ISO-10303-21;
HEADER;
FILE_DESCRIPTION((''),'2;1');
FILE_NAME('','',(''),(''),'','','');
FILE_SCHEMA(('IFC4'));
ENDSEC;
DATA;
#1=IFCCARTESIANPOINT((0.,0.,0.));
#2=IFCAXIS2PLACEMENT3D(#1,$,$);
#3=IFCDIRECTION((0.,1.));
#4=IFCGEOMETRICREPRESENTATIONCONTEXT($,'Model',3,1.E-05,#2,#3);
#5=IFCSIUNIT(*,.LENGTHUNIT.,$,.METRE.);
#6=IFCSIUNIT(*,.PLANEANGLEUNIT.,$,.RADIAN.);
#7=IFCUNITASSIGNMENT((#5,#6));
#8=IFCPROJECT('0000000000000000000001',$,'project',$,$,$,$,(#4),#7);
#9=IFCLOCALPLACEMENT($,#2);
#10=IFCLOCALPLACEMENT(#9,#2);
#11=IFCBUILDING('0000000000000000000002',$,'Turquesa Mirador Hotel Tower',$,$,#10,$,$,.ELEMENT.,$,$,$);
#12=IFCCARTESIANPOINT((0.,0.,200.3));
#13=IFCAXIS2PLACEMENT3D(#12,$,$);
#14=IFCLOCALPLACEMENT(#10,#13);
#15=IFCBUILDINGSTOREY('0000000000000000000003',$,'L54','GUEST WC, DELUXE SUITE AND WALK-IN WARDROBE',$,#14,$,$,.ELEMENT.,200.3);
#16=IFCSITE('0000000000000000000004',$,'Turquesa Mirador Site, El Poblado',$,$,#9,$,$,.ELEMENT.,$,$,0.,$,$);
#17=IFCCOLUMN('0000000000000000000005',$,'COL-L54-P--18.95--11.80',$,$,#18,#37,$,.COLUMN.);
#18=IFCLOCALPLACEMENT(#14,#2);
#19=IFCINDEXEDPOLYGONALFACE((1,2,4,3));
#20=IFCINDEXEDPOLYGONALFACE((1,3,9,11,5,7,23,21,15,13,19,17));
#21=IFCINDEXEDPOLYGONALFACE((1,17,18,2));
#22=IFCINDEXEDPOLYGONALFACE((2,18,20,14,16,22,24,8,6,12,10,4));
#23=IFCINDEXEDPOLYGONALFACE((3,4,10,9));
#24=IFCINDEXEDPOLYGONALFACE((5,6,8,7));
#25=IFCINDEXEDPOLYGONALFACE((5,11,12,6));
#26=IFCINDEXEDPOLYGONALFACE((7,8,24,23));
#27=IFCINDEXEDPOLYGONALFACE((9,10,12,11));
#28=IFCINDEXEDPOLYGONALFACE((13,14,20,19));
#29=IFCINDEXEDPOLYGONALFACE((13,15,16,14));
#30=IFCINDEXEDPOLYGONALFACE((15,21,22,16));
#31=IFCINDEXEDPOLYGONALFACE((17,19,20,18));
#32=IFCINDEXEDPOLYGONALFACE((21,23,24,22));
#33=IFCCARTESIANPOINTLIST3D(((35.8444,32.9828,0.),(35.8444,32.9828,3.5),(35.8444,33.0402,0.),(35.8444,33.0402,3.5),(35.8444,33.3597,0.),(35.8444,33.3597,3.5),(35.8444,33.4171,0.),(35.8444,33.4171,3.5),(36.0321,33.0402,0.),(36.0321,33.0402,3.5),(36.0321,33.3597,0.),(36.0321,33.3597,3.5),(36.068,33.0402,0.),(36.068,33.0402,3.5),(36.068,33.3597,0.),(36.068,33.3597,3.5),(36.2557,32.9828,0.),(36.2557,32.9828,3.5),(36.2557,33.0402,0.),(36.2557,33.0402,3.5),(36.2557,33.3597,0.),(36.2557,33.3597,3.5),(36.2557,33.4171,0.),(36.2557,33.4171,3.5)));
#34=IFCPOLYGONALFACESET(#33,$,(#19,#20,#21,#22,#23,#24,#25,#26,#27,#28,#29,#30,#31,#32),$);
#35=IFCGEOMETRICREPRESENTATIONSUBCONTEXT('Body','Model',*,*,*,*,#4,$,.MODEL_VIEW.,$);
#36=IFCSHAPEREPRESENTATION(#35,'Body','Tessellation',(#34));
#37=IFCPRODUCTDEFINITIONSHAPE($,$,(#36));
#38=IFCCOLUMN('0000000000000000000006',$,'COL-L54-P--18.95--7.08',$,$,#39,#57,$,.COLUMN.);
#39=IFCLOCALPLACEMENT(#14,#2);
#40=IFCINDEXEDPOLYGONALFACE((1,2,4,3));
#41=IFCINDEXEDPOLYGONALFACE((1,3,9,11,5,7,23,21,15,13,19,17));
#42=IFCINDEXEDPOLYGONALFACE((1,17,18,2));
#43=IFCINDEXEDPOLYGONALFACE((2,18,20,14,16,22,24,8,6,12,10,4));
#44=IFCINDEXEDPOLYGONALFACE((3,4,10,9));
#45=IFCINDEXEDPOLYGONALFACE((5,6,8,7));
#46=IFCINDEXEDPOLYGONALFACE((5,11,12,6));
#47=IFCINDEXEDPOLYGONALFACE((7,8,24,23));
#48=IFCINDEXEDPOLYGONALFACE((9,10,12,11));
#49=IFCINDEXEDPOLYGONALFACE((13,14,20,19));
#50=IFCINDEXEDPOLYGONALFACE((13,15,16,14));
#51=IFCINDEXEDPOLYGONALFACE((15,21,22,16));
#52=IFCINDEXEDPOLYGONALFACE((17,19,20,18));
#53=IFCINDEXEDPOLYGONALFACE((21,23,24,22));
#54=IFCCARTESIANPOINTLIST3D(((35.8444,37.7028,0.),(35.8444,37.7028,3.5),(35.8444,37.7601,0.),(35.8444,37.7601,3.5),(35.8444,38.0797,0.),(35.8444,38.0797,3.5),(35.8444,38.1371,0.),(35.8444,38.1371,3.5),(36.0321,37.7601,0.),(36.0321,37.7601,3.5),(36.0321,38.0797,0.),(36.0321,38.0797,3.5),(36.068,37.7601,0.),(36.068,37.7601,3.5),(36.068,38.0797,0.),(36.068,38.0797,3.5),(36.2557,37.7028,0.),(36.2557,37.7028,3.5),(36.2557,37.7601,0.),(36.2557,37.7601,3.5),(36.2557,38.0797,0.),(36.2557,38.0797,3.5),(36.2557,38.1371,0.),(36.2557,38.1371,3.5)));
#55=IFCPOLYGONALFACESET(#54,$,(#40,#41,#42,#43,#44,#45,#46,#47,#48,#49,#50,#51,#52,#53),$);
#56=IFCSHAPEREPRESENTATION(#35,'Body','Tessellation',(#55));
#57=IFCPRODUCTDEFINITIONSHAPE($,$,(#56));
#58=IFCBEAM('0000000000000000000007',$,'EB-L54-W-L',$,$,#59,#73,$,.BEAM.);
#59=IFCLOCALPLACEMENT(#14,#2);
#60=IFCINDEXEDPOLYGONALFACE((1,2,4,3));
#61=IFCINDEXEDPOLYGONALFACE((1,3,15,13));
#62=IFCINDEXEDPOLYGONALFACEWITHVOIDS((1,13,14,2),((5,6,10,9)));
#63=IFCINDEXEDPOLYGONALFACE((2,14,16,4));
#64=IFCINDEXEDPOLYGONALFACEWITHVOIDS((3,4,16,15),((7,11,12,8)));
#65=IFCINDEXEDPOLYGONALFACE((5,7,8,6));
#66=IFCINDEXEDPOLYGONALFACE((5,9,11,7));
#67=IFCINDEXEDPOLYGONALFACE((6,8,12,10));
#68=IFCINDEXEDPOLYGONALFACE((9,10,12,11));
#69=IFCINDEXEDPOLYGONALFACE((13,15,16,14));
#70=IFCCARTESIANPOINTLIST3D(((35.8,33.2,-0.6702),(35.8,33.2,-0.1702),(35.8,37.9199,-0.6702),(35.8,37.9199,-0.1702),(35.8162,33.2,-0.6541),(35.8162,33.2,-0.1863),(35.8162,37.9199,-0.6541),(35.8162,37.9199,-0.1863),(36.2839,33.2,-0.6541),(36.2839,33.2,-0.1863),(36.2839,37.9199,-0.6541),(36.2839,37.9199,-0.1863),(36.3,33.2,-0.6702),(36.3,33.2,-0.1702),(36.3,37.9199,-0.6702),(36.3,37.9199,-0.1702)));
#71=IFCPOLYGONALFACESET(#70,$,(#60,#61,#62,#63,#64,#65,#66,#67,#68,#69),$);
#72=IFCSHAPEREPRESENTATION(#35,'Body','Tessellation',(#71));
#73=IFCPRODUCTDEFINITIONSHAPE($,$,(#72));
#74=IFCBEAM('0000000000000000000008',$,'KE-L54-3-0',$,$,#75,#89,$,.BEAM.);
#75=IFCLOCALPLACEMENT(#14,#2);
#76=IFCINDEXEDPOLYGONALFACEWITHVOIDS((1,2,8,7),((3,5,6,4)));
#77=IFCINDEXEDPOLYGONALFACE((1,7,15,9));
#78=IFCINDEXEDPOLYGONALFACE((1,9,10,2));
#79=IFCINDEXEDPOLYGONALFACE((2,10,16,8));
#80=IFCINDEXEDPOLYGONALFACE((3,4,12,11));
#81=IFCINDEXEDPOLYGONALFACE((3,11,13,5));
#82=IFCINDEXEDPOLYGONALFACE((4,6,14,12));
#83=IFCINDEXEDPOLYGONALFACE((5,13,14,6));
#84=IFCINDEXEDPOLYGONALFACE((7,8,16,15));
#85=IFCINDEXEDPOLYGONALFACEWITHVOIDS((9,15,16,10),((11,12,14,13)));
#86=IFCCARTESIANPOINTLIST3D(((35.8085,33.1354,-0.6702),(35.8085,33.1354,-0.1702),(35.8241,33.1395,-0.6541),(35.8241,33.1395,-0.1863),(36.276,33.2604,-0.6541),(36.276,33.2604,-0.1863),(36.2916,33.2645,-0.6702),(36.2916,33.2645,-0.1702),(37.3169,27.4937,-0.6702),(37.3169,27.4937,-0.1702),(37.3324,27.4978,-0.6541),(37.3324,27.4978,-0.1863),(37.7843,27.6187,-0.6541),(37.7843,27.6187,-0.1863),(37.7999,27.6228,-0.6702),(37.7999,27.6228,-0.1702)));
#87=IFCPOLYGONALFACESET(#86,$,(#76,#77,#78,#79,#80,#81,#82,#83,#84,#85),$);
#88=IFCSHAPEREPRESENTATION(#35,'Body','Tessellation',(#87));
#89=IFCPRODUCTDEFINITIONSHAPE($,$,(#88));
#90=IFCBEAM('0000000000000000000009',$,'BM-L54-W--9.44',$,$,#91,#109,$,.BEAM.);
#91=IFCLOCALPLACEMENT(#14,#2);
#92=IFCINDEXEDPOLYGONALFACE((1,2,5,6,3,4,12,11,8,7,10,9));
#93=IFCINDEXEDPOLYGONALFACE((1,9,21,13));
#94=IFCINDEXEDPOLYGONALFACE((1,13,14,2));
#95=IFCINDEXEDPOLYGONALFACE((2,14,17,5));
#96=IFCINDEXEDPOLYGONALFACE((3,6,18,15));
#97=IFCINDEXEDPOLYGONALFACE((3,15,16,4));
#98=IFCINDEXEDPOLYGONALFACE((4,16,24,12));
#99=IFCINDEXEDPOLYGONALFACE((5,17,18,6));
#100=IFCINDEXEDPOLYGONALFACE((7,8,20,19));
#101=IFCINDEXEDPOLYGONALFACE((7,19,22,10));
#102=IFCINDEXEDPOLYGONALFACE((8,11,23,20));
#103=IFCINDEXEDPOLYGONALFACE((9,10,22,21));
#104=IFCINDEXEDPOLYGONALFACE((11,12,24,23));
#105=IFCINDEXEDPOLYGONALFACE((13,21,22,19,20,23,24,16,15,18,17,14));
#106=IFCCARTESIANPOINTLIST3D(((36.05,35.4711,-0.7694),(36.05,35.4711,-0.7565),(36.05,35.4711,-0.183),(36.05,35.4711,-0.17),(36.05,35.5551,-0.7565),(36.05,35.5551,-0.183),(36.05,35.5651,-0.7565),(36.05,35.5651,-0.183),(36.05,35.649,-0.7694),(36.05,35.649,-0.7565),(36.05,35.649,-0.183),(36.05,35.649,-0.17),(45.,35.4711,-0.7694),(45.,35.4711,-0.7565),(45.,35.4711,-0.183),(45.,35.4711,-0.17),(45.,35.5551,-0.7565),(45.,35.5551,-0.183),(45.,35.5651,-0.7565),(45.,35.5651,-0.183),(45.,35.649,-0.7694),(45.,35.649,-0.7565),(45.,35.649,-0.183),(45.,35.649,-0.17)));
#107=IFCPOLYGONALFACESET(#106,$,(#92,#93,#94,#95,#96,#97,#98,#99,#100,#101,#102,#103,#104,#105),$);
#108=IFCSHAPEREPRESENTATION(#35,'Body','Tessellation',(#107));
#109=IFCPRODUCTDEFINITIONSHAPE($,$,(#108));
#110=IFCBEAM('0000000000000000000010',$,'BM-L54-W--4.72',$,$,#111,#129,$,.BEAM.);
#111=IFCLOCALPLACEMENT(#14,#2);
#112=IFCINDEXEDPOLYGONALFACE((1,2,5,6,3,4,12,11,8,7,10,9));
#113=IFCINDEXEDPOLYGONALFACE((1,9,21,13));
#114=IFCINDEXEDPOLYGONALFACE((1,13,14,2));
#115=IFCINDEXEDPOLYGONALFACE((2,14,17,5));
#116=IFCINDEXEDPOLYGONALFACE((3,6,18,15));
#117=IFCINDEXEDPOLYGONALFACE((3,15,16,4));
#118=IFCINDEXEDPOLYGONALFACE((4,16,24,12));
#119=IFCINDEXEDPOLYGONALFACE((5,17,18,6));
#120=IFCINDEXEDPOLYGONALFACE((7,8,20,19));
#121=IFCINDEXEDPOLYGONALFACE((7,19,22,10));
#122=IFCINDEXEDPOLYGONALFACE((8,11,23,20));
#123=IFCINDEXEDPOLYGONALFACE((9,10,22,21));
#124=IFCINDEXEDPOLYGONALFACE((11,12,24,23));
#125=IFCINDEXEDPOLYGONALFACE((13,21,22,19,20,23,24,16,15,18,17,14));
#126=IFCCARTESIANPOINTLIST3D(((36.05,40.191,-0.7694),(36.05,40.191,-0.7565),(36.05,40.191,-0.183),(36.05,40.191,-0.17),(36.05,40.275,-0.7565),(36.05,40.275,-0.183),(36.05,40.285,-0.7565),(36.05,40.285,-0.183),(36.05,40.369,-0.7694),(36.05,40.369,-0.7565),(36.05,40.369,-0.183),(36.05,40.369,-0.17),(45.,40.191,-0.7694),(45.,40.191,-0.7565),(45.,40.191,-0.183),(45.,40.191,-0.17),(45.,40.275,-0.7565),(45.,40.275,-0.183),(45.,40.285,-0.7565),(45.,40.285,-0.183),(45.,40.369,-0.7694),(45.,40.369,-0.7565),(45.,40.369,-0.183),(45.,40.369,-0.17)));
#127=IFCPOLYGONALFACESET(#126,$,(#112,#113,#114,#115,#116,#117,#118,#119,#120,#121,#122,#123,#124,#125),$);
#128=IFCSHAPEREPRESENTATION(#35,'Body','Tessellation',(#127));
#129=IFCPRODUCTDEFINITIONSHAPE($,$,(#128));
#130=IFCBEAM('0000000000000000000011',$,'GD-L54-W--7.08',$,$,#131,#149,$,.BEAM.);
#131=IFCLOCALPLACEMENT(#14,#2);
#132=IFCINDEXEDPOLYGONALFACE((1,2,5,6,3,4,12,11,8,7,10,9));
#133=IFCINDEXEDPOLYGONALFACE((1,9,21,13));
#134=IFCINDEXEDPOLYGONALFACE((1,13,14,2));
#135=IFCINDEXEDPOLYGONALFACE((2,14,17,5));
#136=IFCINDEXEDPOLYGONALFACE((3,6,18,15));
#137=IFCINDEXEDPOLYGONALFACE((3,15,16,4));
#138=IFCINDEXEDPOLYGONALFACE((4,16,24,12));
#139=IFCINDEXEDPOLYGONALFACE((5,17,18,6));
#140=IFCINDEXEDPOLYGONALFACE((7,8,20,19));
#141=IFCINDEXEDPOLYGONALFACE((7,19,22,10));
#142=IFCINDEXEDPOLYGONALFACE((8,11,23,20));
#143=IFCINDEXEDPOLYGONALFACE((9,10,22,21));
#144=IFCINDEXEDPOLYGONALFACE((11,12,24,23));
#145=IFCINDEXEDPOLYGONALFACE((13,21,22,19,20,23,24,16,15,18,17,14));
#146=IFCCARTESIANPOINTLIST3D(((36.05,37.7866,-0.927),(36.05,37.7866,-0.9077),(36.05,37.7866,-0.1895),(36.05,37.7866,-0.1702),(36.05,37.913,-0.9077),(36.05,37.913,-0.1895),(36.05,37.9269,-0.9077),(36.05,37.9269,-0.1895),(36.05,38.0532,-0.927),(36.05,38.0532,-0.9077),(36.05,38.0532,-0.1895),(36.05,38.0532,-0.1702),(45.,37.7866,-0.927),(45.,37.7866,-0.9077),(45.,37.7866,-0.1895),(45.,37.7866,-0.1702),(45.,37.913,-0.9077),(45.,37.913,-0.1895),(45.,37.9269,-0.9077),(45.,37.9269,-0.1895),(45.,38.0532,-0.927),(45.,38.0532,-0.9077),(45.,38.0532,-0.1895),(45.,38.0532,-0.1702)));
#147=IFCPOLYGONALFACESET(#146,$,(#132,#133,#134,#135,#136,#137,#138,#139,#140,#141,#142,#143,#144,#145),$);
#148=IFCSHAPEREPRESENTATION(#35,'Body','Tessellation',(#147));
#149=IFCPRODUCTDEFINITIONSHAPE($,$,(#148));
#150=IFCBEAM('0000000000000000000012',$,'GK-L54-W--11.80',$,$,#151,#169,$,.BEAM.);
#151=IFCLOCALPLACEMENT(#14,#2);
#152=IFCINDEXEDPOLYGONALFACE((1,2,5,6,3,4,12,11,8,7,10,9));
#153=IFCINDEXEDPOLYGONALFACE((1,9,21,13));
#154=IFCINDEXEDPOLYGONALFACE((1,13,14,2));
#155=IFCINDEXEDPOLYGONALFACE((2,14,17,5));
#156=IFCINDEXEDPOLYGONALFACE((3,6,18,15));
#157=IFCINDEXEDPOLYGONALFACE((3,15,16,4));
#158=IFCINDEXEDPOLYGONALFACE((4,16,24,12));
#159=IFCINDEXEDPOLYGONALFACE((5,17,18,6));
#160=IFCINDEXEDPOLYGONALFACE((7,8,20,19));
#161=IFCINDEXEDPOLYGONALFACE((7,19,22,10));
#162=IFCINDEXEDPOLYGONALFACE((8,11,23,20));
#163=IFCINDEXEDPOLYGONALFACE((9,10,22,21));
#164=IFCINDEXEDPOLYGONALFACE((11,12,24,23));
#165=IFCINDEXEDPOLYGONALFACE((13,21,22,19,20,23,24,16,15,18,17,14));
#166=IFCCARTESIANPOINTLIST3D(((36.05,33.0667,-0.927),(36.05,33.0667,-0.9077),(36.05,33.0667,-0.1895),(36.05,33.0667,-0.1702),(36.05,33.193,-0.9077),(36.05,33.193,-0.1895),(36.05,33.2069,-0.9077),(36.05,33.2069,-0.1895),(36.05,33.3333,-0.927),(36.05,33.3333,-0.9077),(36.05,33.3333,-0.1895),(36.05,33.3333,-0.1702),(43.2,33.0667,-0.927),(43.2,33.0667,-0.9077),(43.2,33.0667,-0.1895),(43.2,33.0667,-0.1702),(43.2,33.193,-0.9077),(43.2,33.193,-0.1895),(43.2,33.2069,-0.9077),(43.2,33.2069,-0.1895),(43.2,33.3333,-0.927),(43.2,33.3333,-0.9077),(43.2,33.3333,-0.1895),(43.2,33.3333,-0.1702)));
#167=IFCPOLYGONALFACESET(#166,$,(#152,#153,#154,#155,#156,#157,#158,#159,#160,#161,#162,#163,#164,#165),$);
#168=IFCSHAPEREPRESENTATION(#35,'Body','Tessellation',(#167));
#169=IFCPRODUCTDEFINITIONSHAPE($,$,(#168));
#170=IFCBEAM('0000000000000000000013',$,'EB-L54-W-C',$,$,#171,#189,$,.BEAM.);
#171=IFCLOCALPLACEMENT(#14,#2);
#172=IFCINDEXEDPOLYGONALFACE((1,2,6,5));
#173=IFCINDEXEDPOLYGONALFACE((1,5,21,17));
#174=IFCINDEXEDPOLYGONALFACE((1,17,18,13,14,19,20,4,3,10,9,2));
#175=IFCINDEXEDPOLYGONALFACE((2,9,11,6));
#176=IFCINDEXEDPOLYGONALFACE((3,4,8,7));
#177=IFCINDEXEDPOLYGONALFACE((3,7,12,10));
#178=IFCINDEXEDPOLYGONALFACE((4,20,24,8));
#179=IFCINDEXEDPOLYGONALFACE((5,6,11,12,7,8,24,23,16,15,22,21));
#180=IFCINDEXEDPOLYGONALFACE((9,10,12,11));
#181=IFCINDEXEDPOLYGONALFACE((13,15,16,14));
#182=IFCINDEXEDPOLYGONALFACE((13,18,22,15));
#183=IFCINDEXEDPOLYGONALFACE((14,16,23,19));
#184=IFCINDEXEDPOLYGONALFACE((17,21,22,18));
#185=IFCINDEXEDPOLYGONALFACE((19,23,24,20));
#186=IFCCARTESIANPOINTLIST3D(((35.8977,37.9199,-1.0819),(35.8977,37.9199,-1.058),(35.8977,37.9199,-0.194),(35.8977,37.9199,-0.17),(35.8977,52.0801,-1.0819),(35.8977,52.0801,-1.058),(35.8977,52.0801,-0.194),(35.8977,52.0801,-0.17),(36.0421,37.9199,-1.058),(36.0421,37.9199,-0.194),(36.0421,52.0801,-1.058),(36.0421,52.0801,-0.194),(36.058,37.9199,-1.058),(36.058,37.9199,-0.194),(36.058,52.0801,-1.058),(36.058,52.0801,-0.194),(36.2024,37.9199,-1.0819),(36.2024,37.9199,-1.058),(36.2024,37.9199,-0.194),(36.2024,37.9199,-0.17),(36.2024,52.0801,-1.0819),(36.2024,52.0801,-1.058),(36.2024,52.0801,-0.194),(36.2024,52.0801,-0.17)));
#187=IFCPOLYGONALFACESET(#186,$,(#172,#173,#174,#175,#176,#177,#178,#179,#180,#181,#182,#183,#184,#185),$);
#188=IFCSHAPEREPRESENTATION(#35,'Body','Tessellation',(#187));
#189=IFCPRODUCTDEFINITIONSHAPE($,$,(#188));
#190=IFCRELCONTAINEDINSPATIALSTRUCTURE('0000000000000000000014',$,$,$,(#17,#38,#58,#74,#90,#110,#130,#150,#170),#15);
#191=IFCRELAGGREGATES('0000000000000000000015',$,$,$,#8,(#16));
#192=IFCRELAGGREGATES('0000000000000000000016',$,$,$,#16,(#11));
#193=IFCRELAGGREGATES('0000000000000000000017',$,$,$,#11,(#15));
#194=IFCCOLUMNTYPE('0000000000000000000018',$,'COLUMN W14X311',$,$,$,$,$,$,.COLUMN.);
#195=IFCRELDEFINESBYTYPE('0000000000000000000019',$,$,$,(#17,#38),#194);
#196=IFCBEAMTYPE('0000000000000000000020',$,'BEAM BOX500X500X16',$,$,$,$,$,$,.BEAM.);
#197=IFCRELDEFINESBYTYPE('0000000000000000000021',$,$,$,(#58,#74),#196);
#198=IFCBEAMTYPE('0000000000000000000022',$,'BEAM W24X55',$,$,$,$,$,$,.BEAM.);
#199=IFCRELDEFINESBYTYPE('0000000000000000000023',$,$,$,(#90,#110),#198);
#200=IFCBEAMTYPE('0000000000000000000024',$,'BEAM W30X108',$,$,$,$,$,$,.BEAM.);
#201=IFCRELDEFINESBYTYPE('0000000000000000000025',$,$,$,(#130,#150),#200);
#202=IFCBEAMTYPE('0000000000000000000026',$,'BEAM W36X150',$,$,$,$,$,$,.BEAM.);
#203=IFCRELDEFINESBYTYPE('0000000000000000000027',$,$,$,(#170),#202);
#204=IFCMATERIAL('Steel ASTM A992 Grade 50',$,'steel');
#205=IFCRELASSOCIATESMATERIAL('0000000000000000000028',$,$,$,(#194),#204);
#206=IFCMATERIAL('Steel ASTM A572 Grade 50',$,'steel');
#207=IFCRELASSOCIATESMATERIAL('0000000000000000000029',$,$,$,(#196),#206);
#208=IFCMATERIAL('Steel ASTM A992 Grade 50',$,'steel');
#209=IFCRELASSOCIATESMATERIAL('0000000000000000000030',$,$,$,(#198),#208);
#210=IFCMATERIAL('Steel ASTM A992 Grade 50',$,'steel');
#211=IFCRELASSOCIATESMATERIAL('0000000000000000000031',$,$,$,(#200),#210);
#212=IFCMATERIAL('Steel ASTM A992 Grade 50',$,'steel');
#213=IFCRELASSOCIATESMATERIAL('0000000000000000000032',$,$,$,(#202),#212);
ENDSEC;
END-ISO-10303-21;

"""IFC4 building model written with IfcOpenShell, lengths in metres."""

from ifc_helpers import new_model, si_unit, direction, frame, origin, origin_2d, place, context, subcontext, project, spatial, hollow_rectangle, i_section, extrude, material, material_profile, profile_set, type_object, element, save


model = new_model("IFC4")

# Units and contexts
model_context = context("Model", 3, precision=1e-05, world=origin(), true_north=direction((0.0, 1.0)))
body_context = subcontext(model_context, "Body", "Model", "MODEL_VIEW")
ifc_project = project(units=[si_unit("LENGTHUNIT", "METRE"), si_unit("PLANEANGLEUNIT", "RADIAN")], contexts=[model_context])

# Site, building, storey
site_placement = place(None, origin())
site = spatial("IfcSite", under=ifc_project, at=site_placement, Name="Turquesa Mirador Site, El Poblado", CompositionType="ELEMENT", RefElevation=0.0)
building_placement = place(site_placement, origin())
building = spatial("IfcBuilding", under=site, at=building_placement, Name="Turquesa Mirador Hotel Tower", CompositionType="ELEMENT")
storey_placement = place(building_placement, frame((0.0, 0.0, 200.3)))
storey = spatial("IfcBuildingStorey", under=building, at=storey_placement, Name="L54", Description="GUEST WC, DELUXE SUITE AND WALK-IN WARDROBE", CompositionType="ELEMENT", Elevation=200.3)

# Columns
ifc_material_1 = material(Name="Steel ASTM A992 Grade 50", Category="steel")
ifc_material_profile_1 = material_profile(ifc_material_1, i_section(OverallWidth=0.4114, OverallDepth=0.4343, WebThickness=0.0359, FlangeThickness=0.0574, at=origin_2d()), Name="W14X311")
ifc_profile_set_1 = profile_set([ifc_material_profile_1], Name="Steel ASTM A992 Grade 50")
column_type = type_object("IfcColumnType", Name="COLUMN W14X311", PredefinedType="COLUMN", material=ifc_profile_set_1)
for number, where, z_axis, x_axis, name in (
    (1, (36.05, 33.2, 0.0), (0.0, 0.0, 1.0), (1.0, 0.0, 0.0), "COL-L54-P--18.95--11.80"),
    (2, (36.05, 37.9199, 0.0), (0.0, 0.0, 1.0), (1.0, 0.0, 0.0), "COL-L54-P--18.95--7.08"),
):
    element("IfcColumn", number, at=place(storey_placement, frame(where, z_axis=z_axis, x_axis=x_axis)), inside=storey, type_object=column_type, Name=name, PredefinedType="COLUMN", context=body_context, shape_type="SweptSolid", body=[
        extrude(i_section(OverallWidth=0.4114, OverallDepth=0.4343, WebThickness=0.0359, FlangeThickness=0.0574, at=origin_2d()), origin(), (0.0, 0.0, 1.0), 3.5),
    ])

# Beams
ifc_material_2 = material(Name="Steel ASTM A572 Grade 50", Category="steel")
ifc_material_profile_2 = material_profile(ifc_material_2, hollow_rectangle(XDim=0.5, YDim=0.5, WallThickness=0.0161, at=origin_2d()), Name="BOX500X500X16")
ifc_profile_set_2 = profile_set([ifc_material_profile_2], Name="Steel ASTM A572 Grade 50")
beam_type_1 = type_object("IfcBeamType", Name="BEAM BOX500X500X16", PredefinedType="BEAM", material=ifc_profile_set_2)
beam_1_placement = place(storey_placement, frame((36.05, 33.2, -0.4202), z_axis=(0.0, 1.0, 0.0), x_axis=(-1.0, 0.0, 0.0)))
element("IfcBeam", 3, at=beam_1_placement, inside=storey, type_object=beam_type_1, Name="EB-L54-W-L", PredefinedType="BEAM", context=body_context, shape_type="SweptSolid", body=[
    extrude(hollow_rectangle(XDim=0.5, YDim=0.5, WallThickness=0.0161, at=origin_2d()), origin(), (0.0, 0.0, 1.0), 4.72),
])
beam_2_placement = place(storey_placement, frame((36.05, 33.2, -0.4202), z_axis=(0.258282, -0.96607, 0.0), x_axis=(0.96607, 0.258282, 0.0)))
element("IfcBeam", 4, at=beam_2_placement, inside=storey, type_object=beam_type_1, Name="KE-L54-3-0", PredefinedType="BEAM", context=body_context, shape_type="SweptSolid", body=[
    extrude(hollow_rectangle(XDim=0.5, YDim=0.5, WallThickness=0.0161, at=origin_2d()), origin(), (0.0, 0.0, 1.0), 5.8398),
])
ifc_material_3 = material(Name="Steel ASTM A992 Grade 50", Category="steel")
ifc_material_profile_3 = material_profile(ifc_material_3, i_section(OverallWidth=0.178, OverallDepth=0.5994, WebThickness=0.01, FlangeThickness=0.0129, at=origin_2d()), Name="W24X55")
ifc_profile_set_3 = profile_set([ifc_material_profile_3], Name="Steel ASTM A992 Grade 50")
beam_type_2 = type_object("IfcBeamType", Name="BEAM W24X55", PredefinedType="BEAM", material=ifc_profile_set_3)
for number, where, z_axis, x_axis, name in (
    (5, (36.05, 35.5601, -0.4697), (1.0, 0.0, 0.0), (0.0, 1.0, 0.0), "BM-L54-W--9.44"),
    (6, (36.05, 40.28, -0.4697), (1.0, 0.0, 0.0), (0.0, 1.0, 0.0), "BM-L54-W--4.72"),
):
    element("IfcBeam", number, at=place(storey_placement, frame(where, z_axis=z_axis, x_axis=x_axis)), inside=storey, type_object=beam_type_2, Name=name, PredefinedType="BEAM", context=body_context, shape_type="SweptSolid", body=[
        extrude(i_section(OverallWidth=0.178, OverallDepth=0.5994, WebThickness=0.01, FlangeThickness=0.0129, at=origin_2d()), origin(), (0.0, 0.0, 1.0), 8.95),
    ])
ifc_material_4 = material(Name="Steel ASTM A992 Grade 50", Category="steel")
ifc_material_profile_4 = material_profile(ifc_material_4, i_section(OverallWidth=0.2666, OverallDepth=0.7568, WebThickness=0.0139, FlangeThickness=0.0193, at=origin_2d()), Name="W30X108")
ifc_profile_set_4 = profile_set([ifc_material_profile_4], Name="Steel ASTM A992 Grade 50")
beam_type_3 = type_object("IfcBeamType", Name="BEAM W30X108", PredefinedType="BEAM", material=ifc_profile_set_4)
beam_3_placement = place(storey_placement, frame((36.05, 37.9199, -0.5486), z_axis=(1.0, 0.0, 0.0), x_axis=(0.0, 1.0, 0.0)))
element("IfcBeam", 7, at=beam_3_placement, inside=storey, type_object=beam_type_3, Name="GD-L54-W--7.08", PredefinedType="BEAM", context=body_context, shape_type="SweptSolid", body=[
    extrude(i_section(OverallWidth=0.2666, OverallDepth=0.7568, WebThickness=0.0139, FlangeThickness=0.0193, at=origin_2d()), origin(), (0.0, 0.0, 1.0), 8.95),
])
beam_4_placement = place(storey_placement, frame((36.05, 33.2, -0.5486), z_axis=(1.0, 0.0, 0.0), x_axis=(0.0, 1.0, 0.0)))
element("IfcBeam", 8, at=beam_4_placement, inside=storey, type_object=beam_type_3, Name="GK-L54-W--11.80", PredefinedType="BEAM", context=body_context, shape_type="SweptSolid", body=[
    extrude(i_section(OverallWidth=0.2666, OverallDepth=0.7568, WebThickness=0.0139, FlangeThickness=0.0193, at=origin_2d()), origin(), (0.0, 0.0, 1.0), 7.1499),
])
ifc_material_5 = material(Name="Steel ASTM A992 Grade 50", Category="steel")
ifc_material_profile_5 = material_profile(ifc_material_5, i_section(OverallWidth=0.3047, OverallDepth=0.9119, WebThickness=0.0159, FlangeThickness=0.0239, at=origin_2d()), Name="W36X150")
ifc_profile_set_5 = profile_set([ifc_material_profile_5], Name="Steel ASTM A992 Grade 50")
beam_type_4 = type_object("IfcBeamType", Name="BEAM W36X150", PredefinedType="BEAM", material=ifc_profile_set_5)
beam_5_placement = place(storey_placement, frame((36.05, 37.9199, -0.626), z_axis=(0.0, 1.0, 0.0), x_axis=(-1.0, 0.0, 0.0)))
element("IfcBeam", 9, at=beam_5_placement, inside=storey, type_object=beam_type_4, Name="EB-L54-W-C", PredefinedType="BEAM", context=body_context, shape_type="SweptSolid", body=[
    extrude(i_section(OverallWidth=0.3047, OverallDepth=0.9119, WebThickness=0.0159, FlangeThickness=0.0239, at=origin_2d()), origin(), (0.0, 0.0, 1.0), 14.1602),
])

save(model, "model.ifc")
